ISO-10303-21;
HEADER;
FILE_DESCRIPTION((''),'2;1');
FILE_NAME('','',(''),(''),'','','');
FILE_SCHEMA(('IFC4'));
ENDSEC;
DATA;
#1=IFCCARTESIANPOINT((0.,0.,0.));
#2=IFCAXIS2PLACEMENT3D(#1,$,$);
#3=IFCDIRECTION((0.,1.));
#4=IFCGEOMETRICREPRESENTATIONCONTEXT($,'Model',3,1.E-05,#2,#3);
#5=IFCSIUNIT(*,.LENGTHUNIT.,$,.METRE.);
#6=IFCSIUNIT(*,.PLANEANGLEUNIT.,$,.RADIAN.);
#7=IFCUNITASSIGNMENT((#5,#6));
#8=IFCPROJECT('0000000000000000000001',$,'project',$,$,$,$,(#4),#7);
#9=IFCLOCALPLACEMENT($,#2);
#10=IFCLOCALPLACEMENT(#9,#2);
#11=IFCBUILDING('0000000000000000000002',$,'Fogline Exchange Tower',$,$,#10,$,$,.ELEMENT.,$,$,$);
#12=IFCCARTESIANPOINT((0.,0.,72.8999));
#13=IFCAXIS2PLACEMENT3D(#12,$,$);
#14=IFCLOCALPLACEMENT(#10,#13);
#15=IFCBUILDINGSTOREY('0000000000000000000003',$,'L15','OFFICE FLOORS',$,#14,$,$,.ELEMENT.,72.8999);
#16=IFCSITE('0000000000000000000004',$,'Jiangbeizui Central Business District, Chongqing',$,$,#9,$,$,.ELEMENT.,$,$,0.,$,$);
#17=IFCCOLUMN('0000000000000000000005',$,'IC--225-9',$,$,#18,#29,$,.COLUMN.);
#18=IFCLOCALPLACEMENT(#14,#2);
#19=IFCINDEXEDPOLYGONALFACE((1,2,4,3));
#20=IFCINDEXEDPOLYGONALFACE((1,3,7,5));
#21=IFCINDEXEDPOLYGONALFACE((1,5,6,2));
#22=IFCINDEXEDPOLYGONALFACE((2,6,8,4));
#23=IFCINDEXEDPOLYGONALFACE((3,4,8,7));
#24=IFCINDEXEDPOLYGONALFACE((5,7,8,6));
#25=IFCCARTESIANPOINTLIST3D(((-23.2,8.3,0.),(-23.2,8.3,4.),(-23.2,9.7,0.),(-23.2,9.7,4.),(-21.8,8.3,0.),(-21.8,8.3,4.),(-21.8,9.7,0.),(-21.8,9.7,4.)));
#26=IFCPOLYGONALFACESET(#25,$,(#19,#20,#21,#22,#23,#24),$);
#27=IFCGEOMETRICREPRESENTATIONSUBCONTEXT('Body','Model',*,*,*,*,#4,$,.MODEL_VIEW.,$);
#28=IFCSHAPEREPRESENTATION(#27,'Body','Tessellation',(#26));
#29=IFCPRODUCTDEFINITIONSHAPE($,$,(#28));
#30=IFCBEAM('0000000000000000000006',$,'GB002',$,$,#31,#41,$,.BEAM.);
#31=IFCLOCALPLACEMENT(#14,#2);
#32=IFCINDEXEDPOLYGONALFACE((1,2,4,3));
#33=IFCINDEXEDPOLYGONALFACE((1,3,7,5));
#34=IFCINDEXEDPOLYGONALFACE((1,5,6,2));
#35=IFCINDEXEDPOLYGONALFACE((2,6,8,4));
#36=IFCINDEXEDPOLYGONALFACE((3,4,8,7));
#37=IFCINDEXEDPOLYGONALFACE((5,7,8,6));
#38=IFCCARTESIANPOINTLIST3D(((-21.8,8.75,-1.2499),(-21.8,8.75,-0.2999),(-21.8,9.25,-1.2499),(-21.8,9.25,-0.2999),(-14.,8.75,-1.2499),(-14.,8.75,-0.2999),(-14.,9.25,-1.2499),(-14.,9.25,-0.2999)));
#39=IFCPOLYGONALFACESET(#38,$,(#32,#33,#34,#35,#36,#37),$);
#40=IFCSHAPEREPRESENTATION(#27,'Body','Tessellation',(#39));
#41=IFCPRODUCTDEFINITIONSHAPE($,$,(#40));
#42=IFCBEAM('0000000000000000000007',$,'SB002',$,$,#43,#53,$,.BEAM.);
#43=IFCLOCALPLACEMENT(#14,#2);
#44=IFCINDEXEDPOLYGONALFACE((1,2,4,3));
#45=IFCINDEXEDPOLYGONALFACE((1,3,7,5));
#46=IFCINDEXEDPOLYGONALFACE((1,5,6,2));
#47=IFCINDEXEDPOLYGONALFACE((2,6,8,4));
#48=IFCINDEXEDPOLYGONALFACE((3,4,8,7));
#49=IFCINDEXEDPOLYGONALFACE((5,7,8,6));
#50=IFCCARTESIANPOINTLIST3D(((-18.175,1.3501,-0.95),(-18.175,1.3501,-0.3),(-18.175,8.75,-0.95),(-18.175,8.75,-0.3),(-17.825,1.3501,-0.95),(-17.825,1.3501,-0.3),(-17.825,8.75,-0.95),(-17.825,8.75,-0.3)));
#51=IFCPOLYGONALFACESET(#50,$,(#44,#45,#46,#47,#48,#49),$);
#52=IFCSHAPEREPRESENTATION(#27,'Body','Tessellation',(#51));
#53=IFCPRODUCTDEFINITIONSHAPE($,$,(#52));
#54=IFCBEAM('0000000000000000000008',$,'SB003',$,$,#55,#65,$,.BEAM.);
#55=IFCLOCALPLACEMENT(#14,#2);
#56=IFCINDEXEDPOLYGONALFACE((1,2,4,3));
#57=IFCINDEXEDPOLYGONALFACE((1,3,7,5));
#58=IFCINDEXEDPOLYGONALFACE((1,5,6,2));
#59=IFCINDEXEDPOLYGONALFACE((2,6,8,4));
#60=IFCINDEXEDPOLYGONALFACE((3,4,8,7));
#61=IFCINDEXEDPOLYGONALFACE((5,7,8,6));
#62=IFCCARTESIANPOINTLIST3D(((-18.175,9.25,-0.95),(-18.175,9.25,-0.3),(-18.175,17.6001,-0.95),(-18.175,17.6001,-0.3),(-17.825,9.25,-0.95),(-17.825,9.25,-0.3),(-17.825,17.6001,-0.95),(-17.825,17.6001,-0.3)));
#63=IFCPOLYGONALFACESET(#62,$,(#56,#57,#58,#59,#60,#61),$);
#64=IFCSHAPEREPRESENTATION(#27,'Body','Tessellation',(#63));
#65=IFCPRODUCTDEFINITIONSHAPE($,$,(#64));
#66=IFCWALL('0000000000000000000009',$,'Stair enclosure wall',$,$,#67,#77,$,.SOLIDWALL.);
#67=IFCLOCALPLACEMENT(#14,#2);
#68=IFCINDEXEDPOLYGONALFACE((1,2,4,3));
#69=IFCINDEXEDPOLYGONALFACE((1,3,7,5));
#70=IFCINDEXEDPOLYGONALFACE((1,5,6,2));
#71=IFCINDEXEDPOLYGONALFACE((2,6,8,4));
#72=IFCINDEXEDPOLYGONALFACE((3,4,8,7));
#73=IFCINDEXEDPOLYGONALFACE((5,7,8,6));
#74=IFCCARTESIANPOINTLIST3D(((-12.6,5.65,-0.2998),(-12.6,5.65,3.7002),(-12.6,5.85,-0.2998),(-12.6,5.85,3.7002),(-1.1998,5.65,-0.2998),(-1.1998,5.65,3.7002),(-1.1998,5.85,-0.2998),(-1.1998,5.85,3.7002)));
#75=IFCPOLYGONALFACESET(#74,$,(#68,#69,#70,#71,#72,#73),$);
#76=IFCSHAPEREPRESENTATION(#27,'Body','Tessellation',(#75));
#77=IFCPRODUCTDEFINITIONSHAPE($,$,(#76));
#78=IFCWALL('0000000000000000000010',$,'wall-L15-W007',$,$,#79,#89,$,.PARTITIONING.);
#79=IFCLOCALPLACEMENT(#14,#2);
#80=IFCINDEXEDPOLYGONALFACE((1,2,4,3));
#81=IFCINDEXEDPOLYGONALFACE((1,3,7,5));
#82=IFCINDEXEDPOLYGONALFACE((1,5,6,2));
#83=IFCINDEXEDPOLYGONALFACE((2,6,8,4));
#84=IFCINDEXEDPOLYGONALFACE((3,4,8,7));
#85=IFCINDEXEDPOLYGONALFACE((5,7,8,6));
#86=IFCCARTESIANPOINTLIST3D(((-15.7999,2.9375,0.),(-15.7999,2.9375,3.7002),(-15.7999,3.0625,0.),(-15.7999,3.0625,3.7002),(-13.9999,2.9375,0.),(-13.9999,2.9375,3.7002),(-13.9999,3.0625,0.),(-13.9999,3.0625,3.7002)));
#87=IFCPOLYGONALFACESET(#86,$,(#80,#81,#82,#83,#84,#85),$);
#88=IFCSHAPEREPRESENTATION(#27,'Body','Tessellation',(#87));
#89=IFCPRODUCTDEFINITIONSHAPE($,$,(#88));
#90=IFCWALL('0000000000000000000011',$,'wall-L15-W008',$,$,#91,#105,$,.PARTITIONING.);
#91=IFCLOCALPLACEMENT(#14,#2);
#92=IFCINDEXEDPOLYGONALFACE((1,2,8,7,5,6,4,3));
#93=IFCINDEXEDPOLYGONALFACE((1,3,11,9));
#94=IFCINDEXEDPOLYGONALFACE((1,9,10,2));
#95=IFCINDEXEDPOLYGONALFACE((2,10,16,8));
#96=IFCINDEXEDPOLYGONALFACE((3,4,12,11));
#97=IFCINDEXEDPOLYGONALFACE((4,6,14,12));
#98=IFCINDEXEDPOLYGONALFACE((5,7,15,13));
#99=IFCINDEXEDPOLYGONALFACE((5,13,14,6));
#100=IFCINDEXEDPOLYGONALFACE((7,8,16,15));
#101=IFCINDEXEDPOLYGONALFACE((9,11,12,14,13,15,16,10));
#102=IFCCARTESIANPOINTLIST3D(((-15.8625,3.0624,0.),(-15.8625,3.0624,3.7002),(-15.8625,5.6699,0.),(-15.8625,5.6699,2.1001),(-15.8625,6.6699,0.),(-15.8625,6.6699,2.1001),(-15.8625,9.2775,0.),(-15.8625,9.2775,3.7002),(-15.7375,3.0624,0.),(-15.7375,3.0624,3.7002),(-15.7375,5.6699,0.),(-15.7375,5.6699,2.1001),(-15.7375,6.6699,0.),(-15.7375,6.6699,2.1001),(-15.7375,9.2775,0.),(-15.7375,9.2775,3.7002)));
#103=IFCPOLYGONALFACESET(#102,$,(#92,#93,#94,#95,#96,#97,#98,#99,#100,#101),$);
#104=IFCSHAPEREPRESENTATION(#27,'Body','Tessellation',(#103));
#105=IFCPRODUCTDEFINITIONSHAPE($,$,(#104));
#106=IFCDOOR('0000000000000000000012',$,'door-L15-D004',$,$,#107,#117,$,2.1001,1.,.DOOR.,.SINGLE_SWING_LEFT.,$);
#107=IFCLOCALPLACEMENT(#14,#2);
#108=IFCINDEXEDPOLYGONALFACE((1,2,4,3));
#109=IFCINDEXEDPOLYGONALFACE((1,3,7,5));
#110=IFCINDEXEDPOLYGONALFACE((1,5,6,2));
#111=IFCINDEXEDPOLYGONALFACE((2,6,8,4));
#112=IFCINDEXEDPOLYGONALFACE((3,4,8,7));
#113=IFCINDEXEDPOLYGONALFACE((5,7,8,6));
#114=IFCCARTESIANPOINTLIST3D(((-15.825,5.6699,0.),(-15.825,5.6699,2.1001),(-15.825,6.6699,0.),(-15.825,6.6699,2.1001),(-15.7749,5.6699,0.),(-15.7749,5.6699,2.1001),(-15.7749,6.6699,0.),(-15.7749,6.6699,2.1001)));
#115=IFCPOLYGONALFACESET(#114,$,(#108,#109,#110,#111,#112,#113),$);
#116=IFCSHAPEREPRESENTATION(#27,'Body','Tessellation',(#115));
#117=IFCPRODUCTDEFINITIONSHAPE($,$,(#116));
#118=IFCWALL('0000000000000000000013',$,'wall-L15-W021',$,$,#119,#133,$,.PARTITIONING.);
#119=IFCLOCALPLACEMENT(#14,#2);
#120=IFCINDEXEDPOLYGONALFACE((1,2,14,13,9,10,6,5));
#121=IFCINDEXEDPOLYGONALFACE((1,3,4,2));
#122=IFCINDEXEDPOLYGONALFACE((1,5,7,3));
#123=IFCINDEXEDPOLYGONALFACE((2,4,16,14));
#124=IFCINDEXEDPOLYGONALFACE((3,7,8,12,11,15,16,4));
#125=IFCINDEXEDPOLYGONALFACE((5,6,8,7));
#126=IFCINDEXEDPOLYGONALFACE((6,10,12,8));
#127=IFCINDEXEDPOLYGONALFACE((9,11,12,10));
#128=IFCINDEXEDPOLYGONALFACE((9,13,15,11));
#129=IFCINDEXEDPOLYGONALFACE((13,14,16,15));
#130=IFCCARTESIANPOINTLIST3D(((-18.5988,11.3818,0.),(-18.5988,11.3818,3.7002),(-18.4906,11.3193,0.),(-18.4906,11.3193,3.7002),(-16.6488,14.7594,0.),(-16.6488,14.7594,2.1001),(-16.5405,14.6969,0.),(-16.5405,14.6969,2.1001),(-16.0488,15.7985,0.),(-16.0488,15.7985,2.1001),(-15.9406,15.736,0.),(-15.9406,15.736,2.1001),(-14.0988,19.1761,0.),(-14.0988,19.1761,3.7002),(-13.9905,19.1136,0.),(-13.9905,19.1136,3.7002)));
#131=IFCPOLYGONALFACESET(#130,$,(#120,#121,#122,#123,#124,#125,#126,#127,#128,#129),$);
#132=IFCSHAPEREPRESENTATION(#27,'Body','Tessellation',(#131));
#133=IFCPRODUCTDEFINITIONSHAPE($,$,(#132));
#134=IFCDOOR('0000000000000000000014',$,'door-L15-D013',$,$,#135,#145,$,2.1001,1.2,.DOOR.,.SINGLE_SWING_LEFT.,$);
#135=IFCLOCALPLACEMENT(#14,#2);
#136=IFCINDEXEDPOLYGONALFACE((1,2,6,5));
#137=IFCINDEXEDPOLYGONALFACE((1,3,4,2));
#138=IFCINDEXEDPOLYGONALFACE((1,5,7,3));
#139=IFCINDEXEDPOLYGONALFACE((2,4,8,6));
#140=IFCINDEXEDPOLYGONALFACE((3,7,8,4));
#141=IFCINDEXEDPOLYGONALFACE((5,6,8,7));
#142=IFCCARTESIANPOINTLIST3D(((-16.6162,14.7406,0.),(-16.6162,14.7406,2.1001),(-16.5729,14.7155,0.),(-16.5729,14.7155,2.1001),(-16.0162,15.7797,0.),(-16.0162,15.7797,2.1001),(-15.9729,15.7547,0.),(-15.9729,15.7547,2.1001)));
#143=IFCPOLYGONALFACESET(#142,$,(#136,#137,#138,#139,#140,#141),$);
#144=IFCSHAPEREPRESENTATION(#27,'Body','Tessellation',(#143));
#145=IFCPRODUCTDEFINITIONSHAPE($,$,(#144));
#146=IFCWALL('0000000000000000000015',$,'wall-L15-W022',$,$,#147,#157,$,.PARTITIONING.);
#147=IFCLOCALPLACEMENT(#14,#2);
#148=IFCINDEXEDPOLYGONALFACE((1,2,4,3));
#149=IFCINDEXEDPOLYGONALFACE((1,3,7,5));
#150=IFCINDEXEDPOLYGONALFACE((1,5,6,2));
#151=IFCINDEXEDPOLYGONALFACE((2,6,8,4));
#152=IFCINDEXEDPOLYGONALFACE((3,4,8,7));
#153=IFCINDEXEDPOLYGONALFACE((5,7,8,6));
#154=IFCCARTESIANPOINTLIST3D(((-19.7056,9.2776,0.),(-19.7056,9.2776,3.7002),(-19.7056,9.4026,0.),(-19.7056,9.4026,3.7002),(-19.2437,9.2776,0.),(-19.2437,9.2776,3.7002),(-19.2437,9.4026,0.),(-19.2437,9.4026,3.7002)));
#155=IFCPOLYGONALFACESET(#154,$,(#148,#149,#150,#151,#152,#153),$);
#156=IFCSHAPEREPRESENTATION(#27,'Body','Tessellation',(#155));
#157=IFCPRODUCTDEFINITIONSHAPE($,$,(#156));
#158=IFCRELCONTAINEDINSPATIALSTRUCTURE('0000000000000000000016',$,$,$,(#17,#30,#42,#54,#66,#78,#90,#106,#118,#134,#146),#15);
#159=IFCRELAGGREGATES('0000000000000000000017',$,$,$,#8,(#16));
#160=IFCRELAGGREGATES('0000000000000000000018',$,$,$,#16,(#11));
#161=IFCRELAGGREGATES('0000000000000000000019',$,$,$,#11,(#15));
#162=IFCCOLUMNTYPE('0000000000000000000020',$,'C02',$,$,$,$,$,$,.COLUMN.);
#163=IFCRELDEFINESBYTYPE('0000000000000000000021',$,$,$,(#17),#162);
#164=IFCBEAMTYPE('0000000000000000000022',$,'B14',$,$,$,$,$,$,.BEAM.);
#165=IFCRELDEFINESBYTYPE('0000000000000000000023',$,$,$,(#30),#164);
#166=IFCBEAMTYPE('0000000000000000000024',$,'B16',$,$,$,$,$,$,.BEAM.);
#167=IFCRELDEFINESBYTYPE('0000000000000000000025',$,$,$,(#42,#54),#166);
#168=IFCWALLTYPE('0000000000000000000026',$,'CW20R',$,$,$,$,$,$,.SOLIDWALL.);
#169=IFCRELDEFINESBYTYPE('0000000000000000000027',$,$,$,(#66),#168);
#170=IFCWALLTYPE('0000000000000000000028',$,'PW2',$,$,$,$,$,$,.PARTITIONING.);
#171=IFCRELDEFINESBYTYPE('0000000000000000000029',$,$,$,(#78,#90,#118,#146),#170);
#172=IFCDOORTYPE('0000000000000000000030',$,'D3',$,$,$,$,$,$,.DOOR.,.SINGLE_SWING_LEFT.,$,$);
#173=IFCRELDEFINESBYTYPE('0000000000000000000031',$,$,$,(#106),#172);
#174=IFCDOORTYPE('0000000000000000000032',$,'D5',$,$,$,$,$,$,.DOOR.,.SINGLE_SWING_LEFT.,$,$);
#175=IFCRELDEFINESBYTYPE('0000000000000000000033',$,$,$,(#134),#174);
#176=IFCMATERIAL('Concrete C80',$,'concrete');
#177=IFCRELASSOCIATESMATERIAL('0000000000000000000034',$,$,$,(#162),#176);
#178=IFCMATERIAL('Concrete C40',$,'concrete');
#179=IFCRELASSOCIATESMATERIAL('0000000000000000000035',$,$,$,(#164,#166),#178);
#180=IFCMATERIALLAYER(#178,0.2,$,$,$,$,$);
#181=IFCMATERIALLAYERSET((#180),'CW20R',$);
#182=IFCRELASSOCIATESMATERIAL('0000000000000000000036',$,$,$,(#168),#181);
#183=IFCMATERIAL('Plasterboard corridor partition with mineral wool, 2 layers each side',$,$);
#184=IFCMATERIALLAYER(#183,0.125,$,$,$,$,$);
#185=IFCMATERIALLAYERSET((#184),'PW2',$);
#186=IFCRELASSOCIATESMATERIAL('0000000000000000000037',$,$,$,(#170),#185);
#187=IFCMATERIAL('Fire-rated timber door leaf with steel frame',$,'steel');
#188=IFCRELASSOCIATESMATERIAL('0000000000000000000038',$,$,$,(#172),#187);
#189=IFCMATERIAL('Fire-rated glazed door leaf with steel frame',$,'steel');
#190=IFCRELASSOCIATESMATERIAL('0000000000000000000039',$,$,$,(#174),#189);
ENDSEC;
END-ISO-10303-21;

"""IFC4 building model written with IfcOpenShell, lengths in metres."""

from ifc_helpers import new_model, si_unit, direction, frame, frame_2d, origin, origin_2d, place, context, subcontext, project, spatial, rectangle, extrude, material, layer, layer_set, material_profile, profile_set, type_object, element, fill, save


model = new_model("IFC4")

# Units and contexts
model_context = context("Model", 3, precision=1e-05, world=origin(), true_north=direction((0.0, 1.0)))
body_context = subcontext(model_context, "Body", "Model", "MODEL_VIEW")
ifc_project = project(units=[si_unit("LENGTHUNIT", "METRE"), si_unit("PLANEANGLEUNIT", "RADIAN")], contexts=[model_context])

# Site, building, storey
site_placement = place(None, origin())
site = spatial("IfcSite", under=ifc_project, at=site_placement, Name="Jiangbeizui Central Business District, Chongqing", CompositionType="ELEMENT", RefElevation=0.0)
building_placement = place(site_placement, origin())
building = spatial("IfcBuilding", under=site, at=building_placement, Name="Fogline Exchange Tower", CompositionType="ELEMENT")
storey_placement = place(building_placement, frame((0.0, 0.0, 72.8999)))
storey = spatial("IfcBuildingStorey", under=building, at=storey_placement, Name="L15", Description="OFFICE FLOORS", CompositionType="ELEMENT", Elevation=72.8999)

# Column
ifc_material_1 = material(Name="Concrete C80", Category="concrete")
ifc_material_profile_1 = material_profile(ifc_material_1, rectangle(XDim=1.3999, YDim=1.3999, at=origin_2d()), Name="RC 1400x1400")
ifc_profile_set_1 = profile_set([ifc_material_profile_1], Name="Concrete C80")
column_type = type_object("IfcColumnType", Name="C02", PredefinedType="COLUMN", material=ifc_profile_set_1)
column_placement = place(storey_placement, frame((-22.5, 9.0, 0.0), z_axis=(0.0, 0.0, 1.0), x_axis=(1.0, 0.0, 0.0)))
element("IfcColumn", 1, at=column_placement, inside=storey, type_object=column_type, Name="IC--225-9", PredefinedType="COLUMN", context=body_context, shape_type="SweptSolid", body=[
    extrude(rectangle(XDim=1.3999, YDim=1.3999, at=origin_2d()), origin(), (0.0, 0.0, 1.0), 4.0),
])

# Beams
ifc_material_2 = material(Name="Concrete C40", Category="concrete")
ifc_material_profile_2 = material_profile(ifc_material_2, rectangle(XDim=0.5, YDim=0.95, at=origin_2d()), Name="RC 500x950")
ifc_profile_set_2 = profile_set([ifc_material_profile_2], Name="Concrete C40")
beam_type_1 = type_object("IfcBeamType", Name="B14", PredefinedType="BEAM", material=ifc_profile_set_2)
beam_1_placement = place(storey_placement, frame((-21.8, 9.0, -0.7749), z_axis=(1.0, 0.0, 0.0), x_axis=(0.0, 1.0, 0.0)))
element("IfcBeam", 2, at=beam_1_placement, inside=storey, type_object=beam_type_1, Name="GB002", PredefinedType="BEAM", context=body_context, shape_type="SweptSolid", body=[
    extrude(rectangle(XDim=0.5, YDim=0.95, at=origin_2d()), origin(), (0.0, 0.0, 1.0), 7.8),
])
ifc_material_profile_3 = material_profile(ifc_material_2, rectangle(XDim=0.3501, YDim=0.6499, at=origin_2d()), Name="RC 350x650")
ifc_profile_set_3 = profile_set([ifc_material_profile_3], Name="Concrete C40")
beam_type_2 = type_object("IfcBeamType", Name="B16", PredefinedType="BEAM", material=ifc_profile_set_3)
beam_2_placement = place(storey_placement, frame((-18.0, 1.3501, -0.625), z_axis=(0.0, 1.0, 0.0), x_axis=(-1.0, 0.0, 0.0)))
element("IfcBeam", 3, at=beam_2_placement, inside=storey, type_object=beam_type_2, Name="SB002", PredefinedType="BEAM", context=body_context, shape_type="SweptSolid", body=[
    extrude(rectangle(XDim=0.3501, YDim=0.6499, at=origin_2d()), origin(), (0.0, 0.0, 1.0), 7.3999),
])
beam_3_placement = place(storey_placement, frame((-18.0, 9.25, -0.625), z_axis=(0.0, 1.0, 0.0), x_axis=(-1.0, 0.0, 0.0)))
element("IfcBeam", 4, at=beam_3_placement, inside=storey, type_object=beam_type_2, Name="SB003", PredefinedType="BEAM", context=body_context, shape_type="SweptSolid", body=[
    extrude(rectangle(XDim=0.3501, YDim=0.6499, at=origin_2d()), origin(), (0.0, 0.0, 1.0), 8.3501),
])

# Walls
ifc_layer_1 = layer(ifc_material_2, 0.2)
ifc_layer_set_1 = layer_set([ifc_layer_1], Name="CW20R")
wall_type_1 = type_object("IfcWallType", Name="CW20R", PredefinedType="SOLIDWALL", material=ifc_layer_set_1)
wall_1_placement = place(storey_placement, frame((-12.6001, 5.75, -0.2998), z_axis=(0.0, 0.0, 1.0), x_axis=(1.0, 0.0, 0.0)))
element("IfcWall", 5, at=wall_1_placement, inside=storey, type_object=wall_type_1, Name="Stair enclosure wall", PredefinedType="SOLIDWALL", context=body_context, shape_type="SweptSolid", body=[
    extrude(rectangle(XDim=11.4001, YDim=0.2, at=frame_2d((5.7002, 0.0))), origin(), (0.0, 0.0, 1.0), 4.0),
])
ifc_material_3 = material(Name="Plasterboard corridor partition with mineral wool, 2 layers each side")
ifc_layer_2 = layer(ifc_material_3, 0.125)
ifc_layer_set_2 = layer_set([ifc_layer_2], Name="PW2")
wall_type_2 = type_object("IfcWallType", Name="PW2", PredefinedType="PARTITIONING", material=ifc_layer_set_2)
wall_2_placement = place(storey_placement, frame((-14.0, 3.0, 0.0), z_axis=(0.0, 0.0, 1.0), x_axis=(-1.0, 0.0, 0.0)))
element("IfcWall", 6, at=wall_2_placement, inside=storey, type_object=wall_type_2, Name="wall-L15-W007", PredefinedType="PARTITIONING", context=body_context, shape_type="SweptSolid", body=[
    extrude(rectangle(XDim=1.8, YDim=0.125, at=frame_2d((0.8999, 0.0))), origin(), (0.0, 0.0, 1.0), 3.7002),
])

# Walls, openings, doors
wall_3_placement = place(storey_placement, frame((-15.8, 3.0625, 0.0), z_axis=(0.0, 0.0, 1.0), x_axis=(0.0, 1.0, 0.0)))
wall_3 = element("IfcWall", 7, at=wall_3_placement, inside=storey, type_object=wall_type_2, Name="wall-L15-W008", PredefinedType="PARTITIONING", context=body_context, shape_type="SweptSolid", body=[
    extrude(rectangle(XDim=6.2151, YDim=0.125, at=frame_2d((3.1074, 0.0))), origin(), (0.0, 0.0, 1.0), 3.7002),
])
opening_1_placement = place(wall_3_placement, frame((2.6074, 0.0, 0.0)))
opening_1 = element("IfcOpeningElement", 8, at=opening_1_placement, cuts=wall_3, PredefinedType="OPENING", context=body_context, shape_type="SweptSolid", body=[
    extrude(rectangle(XDim=1.0, YDim=2.1001, at=frame_2d((0.5, 1.05))), frame((0.0, 0.0725, 0.0), z_axis=(0.0, -1.0, 0.0), x_axis=(1.0, 0.0, 0.0)), (0.0, 0.0, 1.0), 0.145),
])
ifc_material_4 = material(Name="Fire-rated timber door leaf with steel frame", Category="steel")
door_type_1 = type_object("IfcDoorType", Name="D3", OperationType="SINGLE_SWING_LEFT", PredefinedType="DOOR", material=ifc_material_4)
door_1_placement = place(opening_1_placement, origin())
door_1 = element("IfcDoor", 9, at=door_1_placement, inside=storey, type_object=door_type_1, Name="door-L15-D004", OperationType="SINGLE_SWING_LEFT", OverallHeight=2.1001, OverallWidth=1.0, PredefinedType="DOOR", context=body_context, shape_type="SweptSolid", body=[
    extrude(rectangle(XDim=1.0, YDim=2.1001, at=frame_2d((0.5, 1.05))), frame((0.0, 0.0249, 0.0), z_axis=(0.0, -1.0, 0.0), x_axis=(1.0, 0.0, 0.0)), (0.0, 0.0, 1.0), 0.05),
])
fill(opening_1, door_1)
wall_4_placement = place(storey_placement, frame((-18.5447, 11.3506, 0.0), z_axis=(0.0, 0.0, 1.0), x_axis=(0.500002, 0.866024, 0.0)))
wall_4 = element("IfcWall", 10, at=wall_4_placement, inside=storey, type_object=wall_type_2, Name="wall-L15-W021", PredefinedType="PARTITIONING", context=body_context, shape_type="SweptSolid", body=[
    extrude(rectangle(XDim=9.0, YDim=0.125, at=frame_2d((4.5, 0.0))), origin(), (0.0, 0.0, 1.0), 3.7002),
])
opening_2_placement = place(wall_4_placement, frame((3.8999, 0.0, 0.0)))
opening_2 = element("IfcOpeningElement", 11, at=opening_2_placement, cuts=wall_4, PredefinedType="OPENING", context=body_context, shape_type="SweptSolid", body=[
    extrude(rectangle(XDim=1.2, YDim=2.1001, at=frame_2d((0.6001, 1.05))), frame((0.0, 0.0725, 0.0), z_axis=(0.0, -1.0, 0.0), x_axis=(1.0, 0.0, 0.0)), (0.0, 0.0, 1.0), 0.145),
])
ifc_material_5 = material(Name="Fire-rated glazed door leaf with steel frame", Category="steel")
door_type_2 = type_object("IfcDoorType", Name="D5", OperationType="SINGLE_SWING_LEFT", PredefinedType="DOOR", material=ifc_material_5)
door_2_placement = place(opening_2_placement, origin())
door_2 = element("IfcDoor", 12, at=door_2_placement, inside=storey, type_object=door_type_2, Name="door-L15-D013", OperationType="SINGLE_SWING_LEFT", OverallHeight=2.1001, OverallWidth=1.2, PredefinedType="DOOR", context=body_context, shape_type="SweptSolid", body=[
    extrude(rectangle(XDim=1.2, YDim=2.1001, at=frame_2d((0.6001, 1.05))), frame((0.0, 0.0249, 0.0), z_axis=(0.0, -1.0, 0.0), x_axis=(1.0, 0.0, 0.0)), (0.0, 0.0, 1.0), 0.05),
])
fill(opening_2, door_2)

# Wall
wall_5_placement = place(storey_placement, frame((-19.2437, 9.3401, 0.0), z_axis=(0.0, 0.0, 1.0), x_axis=(-1.0, 0.0, 0.0)))
element("IfcWall", 13, at=wall_5_placement, inside=storey, type_object=wall_type_2, Name="wall-L15-W022", PredefinedType="PARTITIONING", context=body_context, shape_type="SweptSolid", body=[
    extrude(rectangle(XDim=0.4619, YDim=0.125, at=frame_2d((0.231, 0.0))), origin(), (0.0, 0.0, 1.0), 3.7002),
])

save(model, "model.ifc")
